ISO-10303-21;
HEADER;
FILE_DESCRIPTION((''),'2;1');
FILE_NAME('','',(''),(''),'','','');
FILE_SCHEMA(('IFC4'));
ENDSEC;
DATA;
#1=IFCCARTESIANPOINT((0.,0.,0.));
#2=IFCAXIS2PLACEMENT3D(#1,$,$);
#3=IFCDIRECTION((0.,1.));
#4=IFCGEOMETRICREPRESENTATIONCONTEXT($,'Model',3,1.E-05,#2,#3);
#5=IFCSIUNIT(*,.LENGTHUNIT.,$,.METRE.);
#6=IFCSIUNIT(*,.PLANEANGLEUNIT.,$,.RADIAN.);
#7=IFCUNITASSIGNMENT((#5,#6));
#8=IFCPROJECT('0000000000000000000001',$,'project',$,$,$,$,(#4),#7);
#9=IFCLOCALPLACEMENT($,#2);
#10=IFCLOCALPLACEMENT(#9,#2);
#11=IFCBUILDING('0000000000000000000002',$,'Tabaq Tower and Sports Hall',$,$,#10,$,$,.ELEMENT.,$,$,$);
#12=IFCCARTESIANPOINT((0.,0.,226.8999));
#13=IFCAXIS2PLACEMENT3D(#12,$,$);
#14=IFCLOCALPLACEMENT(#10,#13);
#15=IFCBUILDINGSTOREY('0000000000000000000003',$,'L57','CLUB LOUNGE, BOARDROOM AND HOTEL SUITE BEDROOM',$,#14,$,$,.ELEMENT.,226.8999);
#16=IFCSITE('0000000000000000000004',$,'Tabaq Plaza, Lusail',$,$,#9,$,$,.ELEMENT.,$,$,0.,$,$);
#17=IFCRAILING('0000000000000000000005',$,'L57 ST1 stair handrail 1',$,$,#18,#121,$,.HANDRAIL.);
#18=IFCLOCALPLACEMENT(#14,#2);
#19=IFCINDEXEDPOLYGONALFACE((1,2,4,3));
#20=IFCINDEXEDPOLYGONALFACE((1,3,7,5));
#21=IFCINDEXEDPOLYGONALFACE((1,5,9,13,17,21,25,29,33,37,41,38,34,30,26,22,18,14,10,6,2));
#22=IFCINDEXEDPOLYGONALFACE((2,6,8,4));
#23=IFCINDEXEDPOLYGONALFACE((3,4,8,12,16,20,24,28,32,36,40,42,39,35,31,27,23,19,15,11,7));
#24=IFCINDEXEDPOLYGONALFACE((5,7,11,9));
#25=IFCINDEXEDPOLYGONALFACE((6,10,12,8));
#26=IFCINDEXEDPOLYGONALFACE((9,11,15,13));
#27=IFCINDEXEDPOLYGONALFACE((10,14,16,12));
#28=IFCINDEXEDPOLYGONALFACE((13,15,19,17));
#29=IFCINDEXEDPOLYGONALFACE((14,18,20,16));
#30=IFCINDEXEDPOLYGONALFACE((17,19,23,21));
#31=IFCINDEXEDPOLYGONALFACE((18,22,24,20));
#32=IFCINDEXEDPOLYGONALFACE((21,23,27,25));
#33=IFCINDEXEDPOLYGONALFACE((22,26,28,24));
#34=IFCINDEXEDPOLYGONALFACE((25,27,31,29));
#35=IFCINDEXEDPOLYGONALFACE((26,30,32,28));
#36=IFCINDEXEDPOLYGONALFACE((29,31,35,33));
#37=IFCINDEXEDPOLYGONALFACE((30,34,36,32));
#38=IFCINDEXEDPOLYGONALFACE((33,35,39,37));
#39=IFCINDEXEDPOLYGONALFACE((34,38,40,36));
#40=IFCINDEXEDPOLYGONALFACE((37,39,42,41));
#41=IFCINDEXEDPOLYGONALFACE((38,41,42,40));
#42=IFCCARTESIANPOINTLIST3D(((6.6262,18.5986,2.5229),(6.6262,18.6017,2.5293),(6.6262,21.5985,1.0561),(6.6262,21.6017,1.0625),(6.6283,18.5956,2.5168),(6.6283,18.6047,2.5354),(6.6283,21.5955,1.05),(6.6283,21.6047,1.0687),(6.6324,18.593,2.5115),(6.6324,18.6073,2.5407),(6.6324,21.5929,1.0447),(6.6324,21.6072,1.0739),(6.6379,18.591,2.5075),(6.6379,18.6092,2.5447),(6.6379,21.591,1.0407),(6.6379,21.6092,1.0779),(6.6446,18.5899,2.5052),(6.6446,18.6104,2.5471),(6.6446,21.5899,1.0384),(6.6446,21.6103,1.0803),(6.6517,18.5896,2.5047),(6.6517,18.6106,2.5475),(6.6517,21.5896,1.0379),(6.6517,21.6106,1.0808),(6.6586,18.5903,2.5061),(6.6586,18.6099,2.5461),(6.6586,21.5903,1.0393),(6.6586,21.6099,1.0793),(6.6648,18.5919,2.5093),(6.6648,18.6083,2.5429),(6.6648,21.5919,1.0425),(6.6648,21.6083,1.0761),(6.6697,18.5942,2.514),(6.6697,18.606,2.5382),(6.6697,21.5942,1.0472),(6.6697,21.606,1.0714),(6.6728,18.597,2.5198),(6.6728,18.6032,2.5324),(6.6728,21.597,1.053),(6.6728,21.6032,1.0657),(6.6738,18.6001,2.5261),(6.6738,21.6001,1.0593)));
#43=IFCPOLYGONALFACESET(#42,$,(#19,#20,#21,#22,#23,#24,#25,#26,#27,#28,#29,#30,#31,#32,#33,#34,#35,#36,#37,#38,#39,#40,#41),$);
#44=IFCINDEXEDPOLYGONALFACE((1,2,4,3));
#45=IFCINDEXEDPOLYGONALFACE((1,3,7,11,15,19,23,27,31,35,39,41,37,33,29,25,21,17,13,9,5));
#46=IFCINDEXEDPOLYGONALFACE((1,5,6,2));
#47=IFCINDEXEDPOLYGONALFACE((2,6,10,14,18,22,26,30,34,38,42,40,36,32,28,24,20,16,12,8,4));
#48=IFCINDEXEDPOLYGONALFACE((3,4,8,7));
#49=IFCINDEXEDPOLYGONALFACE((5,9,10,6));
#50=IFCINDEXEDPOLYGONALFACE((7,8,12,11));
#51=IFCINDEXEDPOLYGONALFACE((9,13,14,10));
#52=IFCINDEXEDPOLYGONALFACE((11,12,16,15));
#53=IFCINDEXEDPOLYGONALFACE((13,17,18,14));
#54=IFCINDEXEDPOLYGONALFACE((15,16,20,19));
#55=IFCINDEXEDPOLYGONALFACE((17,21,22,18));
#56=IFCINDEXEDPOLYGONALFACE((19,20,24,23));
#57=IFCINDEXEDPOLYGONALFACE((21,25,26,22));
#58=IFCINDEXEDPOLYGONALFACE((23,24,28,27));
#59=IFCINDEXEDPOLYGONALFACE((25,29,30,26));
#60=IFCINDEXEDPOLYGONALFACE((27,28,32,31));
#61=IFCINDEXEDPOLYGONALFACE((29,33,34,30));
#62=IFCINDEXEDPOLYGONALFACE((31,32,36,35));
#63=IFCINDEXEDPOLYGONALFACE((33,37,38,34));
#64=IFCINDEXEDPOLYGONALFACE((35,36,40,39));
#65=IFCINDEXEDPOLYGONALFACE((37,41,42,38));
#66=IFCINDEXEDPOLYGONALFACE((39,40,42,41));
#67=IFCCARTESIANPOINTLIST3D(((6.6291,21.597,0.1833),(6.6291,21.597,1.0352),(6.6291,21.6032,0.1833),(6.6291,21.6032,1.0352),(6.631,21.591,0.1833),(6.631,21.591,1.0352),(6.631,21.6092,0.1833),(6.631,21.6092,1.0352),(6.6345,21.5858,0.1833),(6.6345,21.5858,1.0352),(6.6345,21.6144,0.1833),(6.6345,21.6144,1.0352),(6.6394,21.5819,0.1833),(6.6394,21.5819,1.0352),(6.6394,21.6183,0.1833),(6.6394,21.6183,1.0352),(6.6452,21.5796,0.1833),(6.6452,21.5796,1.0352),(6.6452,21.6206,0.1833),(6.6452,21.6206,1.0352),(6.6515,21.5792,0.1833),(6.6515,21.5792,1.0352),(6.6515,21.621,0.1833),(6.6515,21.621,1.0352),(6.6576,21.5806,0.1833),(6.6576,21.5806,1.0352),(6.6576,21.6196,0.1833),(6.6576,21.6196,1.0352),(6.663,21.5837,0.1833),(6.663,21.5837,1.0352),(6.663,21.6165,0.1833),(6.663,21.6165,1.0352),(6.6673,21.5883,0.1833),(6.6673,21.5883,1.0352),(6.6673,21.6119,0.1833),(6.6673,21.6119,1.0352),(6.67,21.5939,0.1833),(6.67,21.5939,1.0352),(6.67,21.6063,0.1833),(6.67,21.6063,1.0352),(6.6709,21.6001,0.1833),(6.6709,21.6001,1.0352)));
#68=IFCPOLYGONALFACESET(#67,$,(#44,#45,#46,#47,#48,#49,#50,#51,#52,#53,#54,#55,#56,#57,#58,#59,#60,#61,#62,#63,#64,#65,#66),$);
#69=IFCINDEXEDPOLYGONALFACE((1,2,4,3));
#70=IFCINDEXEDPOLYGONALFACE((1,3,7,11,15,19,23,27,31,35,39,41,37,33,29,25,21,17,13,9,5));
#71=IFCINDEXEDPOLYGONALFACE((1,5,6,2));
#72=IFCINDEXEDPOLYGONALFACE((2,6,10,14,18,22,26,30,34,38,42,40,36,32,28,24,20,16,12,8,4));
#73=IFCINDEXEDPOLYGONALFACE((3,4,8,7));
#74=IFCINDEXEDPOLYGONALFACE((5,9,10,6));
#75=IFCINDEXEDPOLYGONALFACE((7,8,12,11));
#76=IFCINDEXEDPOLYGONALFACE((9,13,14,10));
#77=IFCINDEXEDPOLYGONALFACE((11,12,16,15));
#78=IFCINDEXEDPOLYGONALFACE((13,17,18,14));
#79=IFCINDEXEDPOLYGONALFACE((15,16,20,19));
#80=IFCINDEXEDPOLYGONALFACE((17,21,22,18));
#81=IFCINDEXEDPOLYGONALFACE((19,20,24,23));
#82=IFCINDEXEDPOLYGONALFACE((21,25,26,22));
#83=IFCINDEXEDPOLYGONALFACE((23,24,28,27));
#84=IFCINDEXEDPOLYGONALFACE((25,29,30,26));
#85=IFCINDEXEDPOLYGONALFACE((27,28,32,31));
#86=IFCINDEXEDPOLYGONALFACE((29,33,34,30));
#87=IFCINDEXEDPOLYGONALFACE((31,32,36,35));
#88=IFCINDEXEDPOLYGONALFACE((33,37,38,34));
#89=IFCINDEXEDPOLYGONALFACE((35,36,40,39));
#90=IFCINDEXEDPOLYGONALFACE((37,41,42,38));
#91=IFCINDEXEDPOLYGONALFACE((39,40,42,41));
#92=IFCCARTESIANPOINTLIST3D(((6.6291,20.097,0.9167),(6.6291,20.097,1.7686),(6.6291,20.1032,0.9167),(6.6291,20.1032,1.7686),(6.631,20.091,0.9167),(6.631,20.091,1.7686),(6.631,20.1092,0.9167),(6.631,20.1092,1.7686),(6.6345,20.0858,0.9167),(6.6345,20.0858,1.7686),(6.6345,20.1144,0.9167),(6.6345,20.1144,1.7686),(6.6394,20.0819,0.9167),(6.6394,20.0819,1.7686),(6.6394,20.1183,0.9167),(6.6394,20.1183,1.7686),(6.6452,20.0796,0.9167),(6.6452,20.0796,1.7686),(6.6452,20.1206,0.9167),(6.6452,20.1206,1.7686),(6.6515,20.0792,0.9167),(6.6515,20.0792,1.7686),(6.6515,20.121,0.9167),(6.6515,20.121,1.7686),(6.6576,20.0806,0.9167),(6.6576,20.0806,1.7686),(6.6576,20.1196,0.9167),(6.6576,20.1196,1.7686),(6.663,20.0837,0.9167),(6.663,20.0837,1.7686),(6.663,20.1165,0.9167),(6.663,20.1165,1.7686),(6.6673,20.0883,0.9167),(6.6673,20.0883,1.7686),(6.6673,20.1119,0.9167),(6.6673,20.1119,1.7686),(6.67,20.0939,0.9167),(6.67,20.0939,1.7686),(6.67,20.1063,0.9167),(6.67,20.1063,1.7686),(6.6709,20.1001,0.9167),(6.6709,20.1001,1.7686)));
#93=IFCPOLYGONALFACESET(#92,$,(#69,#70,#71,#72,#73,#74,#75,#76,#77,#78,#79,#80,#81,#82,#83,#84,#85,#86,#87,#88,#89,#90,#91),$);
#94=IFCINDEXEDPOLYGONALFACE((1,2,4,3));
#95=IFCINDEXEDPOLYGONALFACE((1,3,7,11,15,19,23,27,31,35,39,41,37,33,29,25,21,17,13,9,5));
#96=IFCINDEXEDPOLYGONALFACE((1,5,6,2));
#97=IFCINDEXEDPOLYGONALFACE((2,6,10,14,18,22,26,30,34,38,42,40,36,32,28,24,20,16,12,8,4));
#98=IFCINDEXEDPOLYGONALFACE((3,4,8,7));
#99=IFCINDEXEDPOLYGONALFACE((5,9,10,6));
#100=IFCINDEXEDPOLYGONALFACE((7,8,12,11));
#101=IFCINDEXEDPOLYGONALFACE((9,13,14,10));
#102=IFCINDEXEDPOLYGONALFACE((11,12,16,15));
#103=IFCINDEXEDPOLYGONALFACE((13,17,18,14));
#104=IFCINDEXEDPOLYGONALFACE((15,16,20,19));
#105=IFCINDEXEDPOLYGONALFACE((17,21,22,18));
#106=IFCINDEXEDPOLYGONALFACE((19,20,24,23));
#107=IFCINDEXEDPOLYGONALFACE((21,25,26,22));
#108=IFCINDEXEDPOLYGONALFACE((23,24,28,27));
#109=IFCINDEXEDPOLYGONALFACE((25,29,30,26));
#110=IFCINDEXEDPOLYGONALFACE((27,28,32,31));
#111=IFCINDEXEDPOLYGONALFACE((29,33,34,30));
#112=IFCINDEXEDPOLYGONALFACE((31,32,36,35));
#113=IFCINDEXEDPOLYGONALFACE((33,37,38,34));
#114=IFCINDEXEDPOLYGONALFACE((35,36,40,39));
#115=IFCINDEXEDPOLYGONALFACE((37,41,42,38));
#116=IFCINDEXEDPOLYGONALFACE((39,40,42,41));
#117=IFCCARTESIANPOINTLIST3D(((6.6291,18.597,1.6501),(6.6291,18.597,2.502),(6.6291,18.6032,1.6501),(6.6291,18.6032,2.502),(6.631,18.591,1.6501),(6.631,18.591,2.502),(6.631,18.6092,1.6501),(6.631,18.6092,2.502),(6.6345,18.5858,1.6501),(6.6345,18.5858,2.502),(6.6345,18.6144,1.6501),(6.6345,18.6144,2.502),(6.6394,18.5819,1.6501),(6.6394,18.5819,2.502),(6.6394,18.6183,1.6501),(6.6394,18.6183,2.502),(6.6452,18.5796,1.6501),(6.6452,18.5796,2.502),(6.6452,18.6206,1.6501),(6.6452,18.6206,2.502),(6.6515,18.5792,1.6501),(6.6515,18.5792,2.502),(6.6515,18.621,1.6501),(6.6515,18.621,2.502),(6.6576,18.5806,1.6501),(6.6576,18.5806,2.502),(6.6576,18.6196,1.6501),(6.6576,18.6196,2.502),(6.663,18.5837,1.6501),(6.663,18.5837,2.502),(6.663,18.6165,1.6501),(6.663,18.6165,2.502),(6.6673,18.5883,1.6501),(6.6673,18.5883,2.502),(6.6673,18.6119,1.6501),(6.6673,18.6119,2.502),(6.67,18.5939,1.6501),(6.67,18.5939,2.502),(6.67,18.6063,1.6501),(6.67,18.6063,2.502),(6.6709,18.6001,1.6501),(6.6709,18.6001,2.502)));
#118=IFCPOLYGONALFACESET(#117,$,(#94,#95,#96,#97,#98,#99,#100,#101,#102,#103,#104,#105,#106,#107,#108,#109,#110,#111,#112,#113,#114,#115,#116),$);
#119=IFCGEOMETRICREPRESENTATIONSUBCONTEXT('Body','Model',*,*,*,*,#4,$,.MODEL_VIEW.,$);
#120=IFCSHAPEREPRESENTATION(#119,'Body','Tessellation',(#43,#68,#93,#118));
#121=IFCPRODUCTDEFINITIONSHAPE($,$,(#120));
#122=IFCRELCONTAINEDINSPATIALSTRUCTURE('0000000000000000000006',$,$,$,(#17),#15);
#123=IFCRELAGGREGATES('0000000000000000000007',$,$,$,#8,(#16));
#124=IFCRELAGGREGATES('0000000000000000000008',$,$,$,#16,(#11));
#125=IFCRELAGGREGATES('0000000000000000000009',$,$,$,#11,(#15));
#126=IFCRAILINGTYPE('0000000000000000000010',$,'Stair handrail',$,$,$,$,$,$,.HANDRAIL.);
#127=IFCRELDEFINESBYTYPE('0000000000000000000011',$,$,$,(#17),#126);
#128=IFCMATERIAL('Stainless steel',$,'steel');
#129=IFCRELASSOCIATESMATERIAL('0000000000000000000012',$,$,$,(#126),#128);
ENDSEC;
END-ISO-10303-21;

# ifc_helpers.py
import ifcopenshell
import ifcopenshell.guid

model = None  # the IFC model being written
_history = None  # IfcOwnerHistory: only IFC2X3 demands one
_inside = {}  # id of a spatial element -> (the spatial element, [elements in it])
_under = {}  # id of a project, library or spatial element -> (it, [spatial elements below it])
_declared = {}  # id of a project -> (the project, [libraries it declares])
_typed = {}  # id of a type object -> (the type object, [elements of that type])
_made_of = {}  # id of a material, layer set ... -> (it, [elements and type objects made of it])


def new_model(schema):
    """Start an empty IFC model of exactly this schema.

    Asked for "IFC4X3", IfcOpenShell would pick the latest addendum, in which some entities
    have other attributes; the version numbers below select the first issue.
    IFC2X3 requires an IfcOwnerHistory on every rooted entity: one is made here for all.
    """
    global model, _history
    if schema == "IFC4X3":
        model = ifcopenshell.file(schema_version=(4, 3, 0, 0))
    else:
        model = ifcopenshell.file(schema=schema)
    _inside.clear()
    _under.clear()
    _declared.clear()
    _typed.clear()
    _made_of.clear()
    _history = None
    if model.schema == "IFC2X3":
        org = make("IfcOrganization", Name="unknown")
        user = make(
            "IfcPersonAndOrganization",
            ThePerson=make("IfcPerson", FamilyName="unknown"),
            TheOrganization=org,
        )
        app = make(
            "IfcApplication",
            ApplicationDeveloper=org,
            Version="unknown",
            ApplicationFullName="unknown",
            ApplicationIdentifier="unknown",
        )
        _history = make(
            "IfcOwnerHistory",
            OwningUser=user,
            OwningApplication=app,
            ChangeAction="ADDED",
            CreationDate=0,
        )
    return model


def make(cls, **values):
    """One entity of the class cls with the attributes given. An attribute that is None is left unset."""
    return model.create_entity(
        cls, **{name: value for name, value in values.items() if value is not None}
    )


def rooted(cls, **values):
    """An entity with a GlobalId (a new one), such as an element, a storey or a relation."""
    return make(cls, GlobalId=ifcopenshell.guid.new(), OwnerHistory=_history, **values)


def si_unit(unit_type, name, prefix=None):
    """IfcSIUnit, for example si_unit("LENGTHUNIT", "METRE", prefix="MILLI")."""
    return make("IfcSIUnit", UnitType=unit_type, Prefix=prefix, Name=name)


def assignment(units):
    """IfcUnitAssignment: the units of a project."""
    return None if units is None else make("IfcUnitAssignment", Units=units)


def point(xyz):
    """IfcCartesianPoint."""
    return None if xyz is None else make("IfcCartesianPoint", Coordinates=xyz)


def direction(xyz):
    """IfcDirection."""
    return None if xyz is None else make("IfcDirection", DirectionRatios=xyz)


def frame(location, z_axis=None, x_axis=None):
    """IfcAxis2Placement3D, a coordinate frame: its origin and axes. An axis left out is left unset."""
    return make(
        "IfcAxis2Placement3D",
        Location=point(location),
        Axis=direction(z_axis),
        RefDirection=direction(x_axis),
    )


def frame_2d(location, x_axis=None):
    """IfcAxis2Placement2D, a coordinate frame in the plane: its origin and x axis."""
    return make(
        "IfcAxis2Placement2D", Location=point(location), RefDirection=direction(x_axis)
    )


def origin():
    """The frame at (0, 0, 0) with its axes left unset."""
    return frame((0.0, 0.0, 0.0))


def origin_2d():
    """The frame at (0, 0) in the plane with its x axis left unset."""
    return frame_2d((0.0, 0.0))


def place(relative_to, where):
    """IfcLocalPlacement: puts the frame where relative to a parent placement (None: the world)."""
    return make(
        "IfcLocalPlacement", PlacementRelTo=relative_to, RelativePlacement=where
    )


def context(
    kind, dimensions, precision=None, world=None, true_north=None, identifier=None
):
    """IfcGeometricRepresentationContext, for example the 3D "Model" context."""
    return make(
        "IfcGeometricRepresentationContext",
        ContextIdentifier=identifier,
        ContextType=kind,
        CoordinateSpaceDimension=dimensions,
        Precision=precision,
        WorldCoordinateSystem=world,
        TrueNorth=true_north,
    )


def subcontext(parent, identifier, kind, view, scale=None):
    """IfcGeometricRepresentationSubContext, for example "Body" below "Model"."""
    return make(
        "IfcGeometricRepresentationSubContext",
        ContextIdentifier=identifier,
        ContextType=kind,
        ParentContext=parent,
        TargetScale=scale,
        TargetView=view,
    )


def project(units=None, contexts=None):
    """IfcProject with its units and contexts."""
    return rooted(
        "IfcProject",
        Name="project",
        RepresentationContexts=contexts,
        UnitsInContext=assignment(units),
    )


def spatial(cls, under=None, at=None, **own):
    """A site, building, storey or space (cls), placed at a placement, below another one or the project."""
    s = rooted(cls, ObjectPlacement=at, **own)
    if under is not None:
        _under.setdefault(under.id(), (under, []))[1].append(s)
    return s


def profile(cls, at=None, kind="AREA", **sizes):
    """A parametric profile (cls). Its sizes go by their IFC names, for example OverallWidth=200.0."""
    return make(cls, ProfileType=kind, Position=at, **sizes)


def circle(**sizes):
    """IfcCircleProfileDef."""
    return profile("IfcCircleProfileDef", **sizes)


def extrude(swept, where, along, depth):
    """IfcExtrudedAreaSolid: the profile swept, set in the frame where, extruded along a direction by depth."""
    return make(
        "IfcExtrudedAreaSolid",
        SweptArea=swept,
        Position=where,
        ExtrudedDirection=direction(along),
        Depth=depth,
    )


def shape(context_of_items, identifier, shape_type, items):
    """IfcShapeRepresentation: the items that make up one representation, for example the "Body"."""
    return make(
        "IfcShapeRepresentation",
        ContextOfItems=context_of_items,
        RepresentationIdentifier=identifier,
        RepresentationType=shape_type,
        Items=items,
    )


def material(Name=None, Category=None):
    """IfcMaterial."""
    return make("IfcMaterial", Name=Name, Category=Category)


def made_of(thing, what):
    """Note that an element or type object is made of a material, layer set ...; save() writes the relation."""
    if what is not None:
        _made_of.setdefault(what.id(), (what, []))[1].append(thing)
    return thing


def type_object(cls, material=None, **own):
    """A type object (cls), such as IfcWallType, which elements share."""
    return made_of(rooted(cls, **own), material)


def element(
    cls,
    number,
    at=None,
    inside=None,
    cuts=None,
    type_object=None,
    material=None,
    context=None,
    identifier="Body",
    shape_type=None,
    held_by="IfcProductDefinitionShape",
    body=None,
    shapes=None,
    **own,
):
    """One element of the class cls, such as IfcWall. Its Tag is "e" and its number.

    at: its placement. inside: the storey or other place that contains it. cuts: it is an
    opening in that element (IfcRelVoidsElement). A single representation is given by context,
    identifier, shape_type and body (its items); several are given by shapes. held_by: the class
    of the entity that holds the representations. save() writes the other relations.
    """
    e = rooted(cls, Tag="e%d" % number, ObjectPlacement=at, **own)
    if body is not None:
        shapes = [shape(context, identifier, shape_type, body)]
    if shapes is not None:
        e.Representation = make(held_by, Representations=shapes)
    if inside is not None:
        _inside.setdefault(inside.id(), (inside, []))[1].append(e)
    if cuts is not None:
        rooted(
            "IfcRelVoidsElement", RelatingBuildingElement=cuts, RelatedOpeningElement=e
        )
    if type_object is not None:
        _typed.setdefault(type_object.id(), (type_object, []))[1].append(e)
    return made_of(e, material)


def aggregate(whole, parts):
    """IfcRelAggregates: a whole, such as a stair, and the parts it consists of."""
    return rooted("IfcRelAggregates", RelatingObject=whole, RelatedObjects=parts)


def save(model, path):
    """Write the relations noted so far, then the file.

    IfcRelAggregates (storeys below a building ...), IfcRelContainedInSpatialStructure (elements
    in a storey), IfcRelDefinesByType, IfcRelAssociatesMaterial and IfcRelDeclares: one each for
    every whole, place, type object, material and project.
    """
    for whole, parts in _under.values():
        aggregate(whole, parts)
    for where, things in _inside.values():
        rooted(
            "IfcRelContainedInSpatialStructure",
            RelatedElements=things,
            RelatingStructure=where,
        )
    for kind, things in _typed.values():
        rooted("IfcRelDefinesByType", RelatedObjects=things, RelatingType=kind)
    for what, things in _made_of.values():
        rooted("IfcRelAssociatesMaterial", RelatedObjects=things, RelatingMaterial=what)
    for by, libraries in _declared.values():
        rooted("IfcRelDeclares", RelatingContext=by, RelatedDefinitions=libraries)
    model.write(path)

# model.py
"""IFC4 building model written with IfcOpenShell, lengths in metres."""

from ifc_helpers import new_model, si_unit, direction, frame, origin, origin_2d, place, context, subcontext, project, spatial, circle, extrude, material, type_object, element, save


model = new_model("IFC4")

# Units and contexts
model_context = context("Model", 3, precision=1e-05, world=origin(), true_north=direction((0.0, 1.0)))
body_context = subcontext(model_context, "Body", "Model", "MODEL_VIEW")
ifc_project = project(units=[si_unit("LENGTHUNIT", "METRE"), si_unit("PLANEANGLEUNIT", "RADIAN")], contexts=[model_context])

# Site, building, storey
site_placement = place(None, origin())
site = spatial("IfcSite", under=ifc_project, at=site_placement, Name="Tabaq Plaza, Lusail", CompositionType="ELEMENT", RefElevation=0.0)
building_placement = place(site_placement, origin())
building = spatial("IfcBuilding", under=site, at=building_placement, Name="Tabaq Tower and Sports Hall", CompositionType="ELEMENT")
storey_placement = place(building_placement, frame((0.0, 0.0, 226.8999)))
storey = spatial("IfcBuildingStorey", under=building, at=storey_placement, Name="L57", Description="CLUB LOUNGE, BOARDROOM AND HOTEL SUITE BEDROOM", CompositionType="ELEMENT", Elevation=226.8999)

# Railing
ifc_material_1 = material(Name="Stainless steel", Category="steel")
railing_type_1 = type_object("IfcRailingType", Name="Stair handrail", PredefinedType="HANDRAIL", material=ifc_material_1)
railing_1_placement = place(storey_placement, frame((6.6499, 21.6001, 0.1833)))
element("IfcRailing", 1, at=railing_1_placement, inside=storey, type_object=railing_type_1, Name="L57 ST1 stair handrail 1", PredefinedType="HANDRAIL", context=body_context, shape_type="SweptSolid", body=[
    extrude(circle(Radius=0.0239, at=origin_2d()), frame((0.0, 0.0, 0.876), z_axis=(0.0, -0.898369, 0.439242), x_axis=(1.0, 0.0, 0.0)), (0.0, 0.0, 1.0), 3.3394),
    extrude(circle(Radius=0.021, at=origin_2d()), origin(), (0.0, 0.0, 1.0), 0.8518),
    extrude(circle(Radius=0.021, at=origin_2d()), frame((0.0, -1.5, 0.7334)), (0.0, 0.0, 1.0), 0.8518),
    extrude(circle(Radius=0.021, at=origin_2d()), frame((0.0, -3.0, 1.4668)), (0.0, 0.0, 1.0), 0.8518),
])

save(model, "model.ifc")
